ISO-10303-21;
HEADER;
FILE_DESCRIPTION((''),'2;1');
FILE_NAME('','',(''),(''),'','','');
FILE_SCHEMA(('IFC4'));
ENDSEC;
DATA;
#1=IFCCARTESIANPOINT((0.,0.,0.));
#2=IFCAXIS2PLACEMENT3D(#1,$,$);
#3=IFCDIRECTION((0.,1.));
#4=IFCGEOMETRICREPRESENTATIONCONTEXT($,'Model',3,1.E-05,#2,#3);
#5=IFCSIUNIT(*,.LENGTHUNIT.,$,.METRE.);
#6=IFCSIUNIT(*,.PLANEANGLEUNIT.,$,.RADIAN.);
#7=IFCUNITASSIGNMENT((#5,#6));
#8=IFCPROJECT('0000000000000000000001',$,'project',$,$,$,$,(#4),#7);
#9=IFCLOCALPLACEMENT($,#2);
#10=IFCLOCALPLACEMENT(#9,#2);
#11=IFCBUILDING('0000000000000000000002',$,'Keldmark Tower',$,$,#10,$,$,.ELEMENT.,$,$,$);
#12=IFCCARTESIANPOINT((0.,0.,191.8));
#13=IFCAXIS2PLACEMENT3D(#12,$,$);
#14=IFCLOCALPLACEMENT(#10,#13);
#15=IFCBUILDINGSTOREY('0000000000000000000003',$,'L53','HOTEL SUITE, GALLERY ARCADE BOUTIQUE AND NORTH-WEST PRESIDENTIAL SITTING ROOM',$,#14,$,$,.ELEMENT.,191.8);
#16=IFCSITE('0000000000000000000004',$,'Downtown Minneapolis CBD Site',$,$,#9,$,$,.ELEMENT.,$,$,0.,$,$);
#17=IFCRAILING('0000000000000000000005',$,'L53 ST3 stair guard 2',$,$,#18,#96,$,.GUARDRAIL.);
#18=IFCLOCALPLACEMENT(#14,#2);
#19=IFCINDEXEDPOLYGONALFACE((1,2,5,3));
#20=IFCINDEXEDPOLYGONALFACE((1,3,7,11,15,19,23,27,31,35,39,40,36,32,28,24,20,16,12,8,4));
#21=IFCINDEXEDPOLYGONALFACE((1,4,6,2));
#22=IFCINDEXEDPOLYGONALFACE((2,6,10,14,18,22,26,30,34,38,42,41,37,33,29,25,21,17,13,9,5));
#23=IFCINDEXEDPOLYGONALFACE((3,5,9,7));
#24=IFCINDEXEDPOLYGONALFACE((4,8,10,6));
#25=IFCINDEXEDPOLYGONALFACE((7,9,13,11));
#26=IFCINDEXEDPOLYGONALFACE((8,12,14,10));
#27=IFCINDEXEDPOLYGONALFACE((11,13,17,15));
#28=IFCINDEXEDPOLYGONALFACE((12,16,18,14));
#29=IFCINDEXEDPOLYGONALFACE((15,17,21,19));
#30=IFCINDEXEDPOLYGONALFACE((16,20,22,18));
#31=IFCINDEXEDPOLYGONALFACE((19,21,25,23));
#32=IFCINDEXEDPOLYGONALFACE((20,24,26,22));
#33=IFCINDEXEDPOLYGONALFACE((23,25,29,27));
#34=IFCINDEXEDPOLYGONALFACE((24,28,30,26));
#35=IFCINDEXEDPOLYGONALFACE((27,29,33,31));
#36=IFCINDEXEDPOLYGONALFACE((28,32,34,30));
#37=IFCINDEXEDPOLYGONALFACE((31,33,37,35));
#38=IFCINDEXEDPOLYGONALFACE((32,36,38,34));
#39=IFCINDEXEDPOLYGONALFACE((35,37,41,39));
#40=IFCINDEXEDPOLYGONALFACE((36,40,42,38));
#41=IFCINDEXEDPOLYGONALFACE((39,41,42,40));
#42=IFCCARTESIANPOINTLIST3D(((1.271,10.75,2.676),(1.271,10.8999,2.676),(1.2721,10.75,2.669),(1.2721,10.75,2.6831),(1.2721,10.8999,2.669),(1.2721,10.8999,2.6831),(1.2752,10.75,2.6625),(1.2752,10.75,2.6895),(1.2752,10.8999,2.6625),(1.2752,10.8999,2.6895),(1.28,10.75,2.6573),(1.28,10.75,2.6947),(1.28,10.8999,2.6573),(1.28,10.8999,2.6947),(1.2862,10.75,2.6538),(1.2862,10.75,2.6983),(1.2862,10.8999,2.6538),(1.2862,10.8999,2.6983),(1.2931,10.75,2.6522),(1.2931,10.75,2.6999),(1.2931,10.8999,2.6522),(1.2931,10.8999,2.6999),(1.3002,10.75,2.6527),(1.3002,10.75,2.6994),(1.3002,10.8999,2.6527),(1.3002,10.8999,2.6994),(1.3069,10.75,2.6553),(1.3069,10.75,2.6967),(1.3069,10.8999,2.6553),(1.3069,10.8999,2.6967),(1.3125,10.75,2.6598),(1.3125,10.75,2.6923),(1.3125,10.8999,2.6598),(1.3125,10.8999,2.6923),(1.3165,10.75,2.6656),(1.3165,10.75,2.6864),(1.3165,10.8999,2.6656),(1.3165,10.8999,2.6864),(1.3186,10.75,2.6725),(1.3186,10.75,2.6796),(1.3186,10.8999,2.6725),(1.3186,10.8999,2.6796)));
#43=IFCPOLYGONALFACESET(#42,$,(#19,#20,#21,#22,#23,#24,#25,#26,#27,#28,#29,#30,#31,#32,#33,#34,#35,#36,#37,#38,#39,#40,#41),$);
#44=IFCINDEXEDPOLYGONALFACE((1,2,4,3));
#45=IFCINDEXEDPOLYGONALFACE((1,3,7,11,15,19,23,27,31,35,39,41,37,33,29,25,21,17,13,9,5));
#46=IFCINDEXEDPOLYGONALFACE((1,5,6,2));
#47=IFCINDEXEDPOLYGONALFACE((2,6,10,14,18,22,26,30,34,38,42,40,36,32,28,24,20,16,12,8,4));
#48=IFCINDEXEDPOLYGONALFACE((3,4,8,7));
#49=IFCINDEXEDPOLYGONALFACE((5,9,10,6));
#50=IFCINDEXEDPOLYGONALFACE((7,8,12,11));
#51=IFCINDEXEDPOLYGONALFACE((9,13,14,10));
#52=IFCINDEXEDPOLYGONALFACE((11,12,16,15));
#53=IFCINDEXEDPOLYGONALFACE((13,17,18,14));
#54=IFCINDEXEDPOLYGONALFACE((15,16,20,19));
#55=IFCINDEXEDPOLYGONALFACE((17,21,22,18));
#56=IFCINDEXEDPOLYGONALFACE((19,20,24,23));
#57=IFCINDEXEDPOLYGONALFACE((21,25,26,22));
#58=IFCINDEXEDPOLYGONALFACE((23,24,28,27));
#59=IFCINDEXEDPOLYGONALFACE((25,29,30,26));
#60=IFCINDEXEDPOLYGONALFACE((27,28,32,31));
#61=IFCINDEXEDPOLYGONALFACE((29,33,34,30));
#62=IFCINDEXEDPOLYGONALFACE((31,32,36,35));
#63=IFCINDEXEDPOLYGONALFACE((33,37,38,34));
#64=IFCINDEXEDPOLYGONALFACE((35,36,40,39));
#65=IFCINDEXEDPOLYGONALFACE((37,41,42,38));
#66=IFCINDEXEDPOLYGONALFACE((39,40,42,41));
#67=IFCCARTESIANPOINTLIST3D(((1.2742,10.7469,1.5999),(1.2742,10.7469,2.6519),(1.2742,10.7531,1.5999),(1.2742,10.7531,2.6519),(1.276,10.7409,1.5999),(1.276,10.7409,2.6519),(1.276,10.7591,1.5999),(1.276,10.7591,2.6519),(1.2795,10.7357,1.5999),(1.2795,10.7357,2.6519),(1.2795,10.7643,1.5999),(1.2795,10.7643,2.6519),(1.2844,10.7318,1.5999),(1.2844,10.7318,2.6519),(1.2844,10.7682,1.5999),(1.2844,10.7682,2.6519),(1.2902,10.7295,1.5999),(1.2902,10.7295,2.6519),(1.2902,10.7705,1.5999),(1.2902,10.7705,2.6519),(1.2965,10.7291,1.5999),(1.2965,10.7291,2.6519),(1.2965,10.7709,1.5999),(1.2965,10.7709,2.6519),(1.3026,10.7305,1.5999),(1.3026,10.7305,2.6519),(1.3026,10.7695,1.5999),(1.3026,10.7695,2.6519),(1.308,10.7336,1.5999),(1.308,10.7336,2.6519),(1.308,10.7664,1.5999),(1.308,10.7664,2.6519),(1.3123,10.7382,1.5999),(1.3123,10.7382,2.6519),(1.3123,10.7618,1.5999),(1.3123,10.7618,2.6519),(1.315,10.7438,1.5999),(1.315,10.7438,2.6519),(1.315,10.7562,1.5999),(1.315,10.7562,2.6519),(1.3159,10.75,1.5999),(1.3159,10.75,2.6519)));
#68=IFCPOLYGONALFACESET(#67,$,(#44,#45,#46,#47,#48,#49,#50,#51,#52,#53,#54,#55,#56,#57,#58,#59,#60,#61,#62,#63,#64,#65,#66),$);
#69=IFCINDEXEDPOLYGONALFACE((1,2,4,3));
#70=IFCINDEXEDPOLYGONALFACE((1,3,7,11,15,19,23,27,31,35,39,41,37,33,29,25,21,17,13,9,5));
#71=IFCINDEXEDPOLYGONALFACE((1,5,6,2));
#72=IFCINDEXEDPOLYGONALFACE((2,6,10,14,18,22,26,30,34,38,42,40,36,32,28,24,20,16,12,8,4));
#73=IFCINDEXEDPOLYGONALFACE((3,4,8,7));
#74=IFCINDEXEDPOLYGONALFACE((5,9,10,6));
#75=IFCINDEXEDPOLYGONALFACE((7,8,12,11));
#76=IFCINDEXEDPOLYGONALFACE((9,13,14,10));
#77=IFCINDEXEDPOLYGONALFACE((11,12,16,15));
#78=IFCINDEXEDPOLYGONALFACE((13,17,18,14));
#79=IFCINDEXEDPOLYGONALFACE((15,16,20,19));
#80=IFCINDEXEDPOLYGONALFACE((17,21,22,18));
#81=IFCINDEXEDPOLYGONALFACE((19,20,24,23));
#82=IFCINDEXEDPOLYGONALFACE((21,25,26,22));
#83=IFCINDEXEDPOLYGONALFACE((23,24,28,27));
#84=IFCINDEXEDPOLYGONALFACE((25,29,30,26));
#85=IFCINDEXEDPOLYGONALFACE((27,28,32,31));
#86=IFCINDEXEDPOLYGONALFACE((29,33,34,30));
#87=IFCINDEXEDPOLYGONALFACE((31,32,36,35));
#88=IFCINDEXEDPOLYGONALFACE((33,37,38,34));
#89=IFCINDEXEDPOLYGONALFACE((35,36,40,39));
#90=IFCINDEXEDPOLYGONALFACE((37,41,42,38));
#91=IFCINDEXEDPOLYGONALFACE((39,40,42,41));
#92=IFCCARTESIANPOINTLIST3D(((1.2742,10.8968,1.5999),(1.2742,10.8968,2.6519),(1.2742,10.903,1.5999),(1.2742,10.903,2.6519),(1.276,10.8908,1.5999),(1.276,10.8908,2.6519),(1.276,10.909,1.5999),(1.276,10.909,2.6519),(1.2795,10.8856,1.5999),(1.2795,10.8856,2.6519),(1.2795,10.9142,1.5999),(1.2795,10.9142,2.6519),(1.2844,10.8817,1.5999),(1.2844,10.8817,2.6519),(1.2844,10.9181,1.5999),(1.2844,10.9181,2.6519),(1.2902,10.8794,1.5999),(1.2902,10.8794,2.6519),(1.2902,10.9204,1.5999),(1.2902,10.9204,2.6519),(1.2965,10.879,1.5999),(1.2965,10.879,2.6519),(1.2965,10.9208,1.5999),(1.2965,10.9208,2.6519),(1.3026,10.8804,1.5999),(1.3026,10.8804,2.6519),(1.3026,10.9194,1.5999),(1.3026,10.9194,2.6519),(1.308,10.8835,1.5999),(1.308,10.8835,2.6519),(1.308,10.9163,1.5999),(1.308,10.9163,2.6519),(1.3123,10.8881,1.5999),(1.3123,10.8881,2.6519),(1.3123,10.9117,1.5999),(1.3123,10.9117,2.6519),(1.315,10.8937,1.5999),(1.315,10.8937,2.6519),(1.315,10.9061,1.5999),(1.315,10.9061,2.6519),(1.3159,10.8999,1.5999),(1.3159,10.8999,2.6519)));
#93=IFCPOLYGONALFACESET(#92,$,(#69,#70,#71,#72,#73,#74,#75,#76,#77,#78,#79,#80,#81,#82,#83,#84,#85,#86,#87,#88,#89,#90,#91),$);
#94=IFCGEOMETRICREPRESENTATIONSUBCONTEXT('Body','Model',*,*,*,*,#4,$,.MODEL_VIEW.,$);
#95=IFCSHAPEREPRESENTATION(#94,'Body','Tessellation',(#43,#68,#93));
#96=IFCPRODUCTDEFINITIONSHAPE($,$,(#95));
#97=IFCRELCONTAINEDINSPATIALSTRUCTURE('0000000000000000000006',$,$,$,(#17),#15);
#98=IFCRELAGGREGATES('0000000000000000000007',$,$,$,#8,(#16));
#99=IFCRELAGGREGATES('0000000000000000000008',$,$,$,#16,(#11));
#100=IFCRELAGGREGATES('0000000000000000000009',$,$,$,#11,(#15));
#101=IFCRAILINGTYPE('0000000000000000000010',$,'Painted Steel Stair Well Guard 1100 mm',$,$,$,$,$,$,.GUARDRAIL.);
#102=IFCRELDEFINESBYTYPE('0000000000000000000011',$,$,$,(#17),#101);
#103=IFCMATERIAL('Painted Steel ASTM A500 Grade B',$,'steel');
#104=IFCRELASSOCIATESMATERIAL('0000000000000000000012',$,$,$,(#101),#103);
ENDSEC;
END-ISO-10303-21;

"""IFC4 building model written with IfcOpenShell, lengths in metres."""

from ifc_helpers import new_model, si_unit, direction, frame, origin, origin_2d, place, context, subcontext, project, spatial, circle, extrude, material, type_object, element, save


model = new_model("IFC4")

# Units and contexts
model_context = context("Model", 3, precision=1e-05, world=origin(), true_north=direction((0.0, 1.0)))
body_context = subcontext(model_context, "Body", "Model", "MODEL_VIEW")
ifc_project = project(units=[si_unit("LENGTHUNIT", "METRE"), si_unit("PLANEANGLEUNIT", "RADIAN")], contexts=[model_context])

# Site, building, storey
site_placement = place(None, origin())
site = spatial("IfcSite", under=ifc_project, at=site_placement, Name="Downtown Minneapolis CBD Site", CompositionType="ELEMENT", RefElevation=0.0)
building_placement = place(site_placement, origin())
building = spatial("IfcBuilding", under=site, at=building_placement, Name="Keldmark Tower", CompositionType="ELEMENT")
storey_placement = place(building_placement, frame((0.0, 0.0, 191.8)))
storey = spatial("IfcBuildingStorey", under=building, at=storey_placement, Name="L53", Description="HOTEL SUITE, GALLERY ARCADE BOUTIQUE AND NORTH-WEST PRESIDENTIAL SITTING ROOM", CompositionType="ELEMENT", Elevation=191.8)

# Railing
ifc_material_1 = material(Name="Painted Steel ASTM A500 Grade B", Category="steel")
railing_type_1 = type_object("IfcRailingType", Name="Painted Steel Stair Well Guard 1100 mm", PredefinedType="GUARDRAIL", material=ifc_material_1)
railing_1_placement = place(storey_placement, frame((1.2949, 10.75, 1.5999)))
element("IfcRailing", 1, at=railing_1_placement, inside=storey, type_object=railing_type_1, Name="L53 ST3 stair guard 2", PredefinedType="GUARDRAIL", context=body_context, shape_type="SweptSolid", body=[
    extrude(circle(Radius=0.0239, at=origin_2d()), frame((0.0, 0.0, 1.0762), z_axis=(0.0, 1.0, 0.0), x_axis=(-1.0, 0.0, 0.0)), (0.0, 0.0, 1.0), 0.1499),
    extrude(circle(Radius=0.021, at=origin_2d()), origin(), (0.0, 0.0, 1.0), 1.052),
    extrude(circle(Radius=0.021, at=origin_2d()), frame((0.0, 0.1499, 0.0)), (0.0, 0.0, 1.0), 1.052),
])

save(model, "model.ifc")
